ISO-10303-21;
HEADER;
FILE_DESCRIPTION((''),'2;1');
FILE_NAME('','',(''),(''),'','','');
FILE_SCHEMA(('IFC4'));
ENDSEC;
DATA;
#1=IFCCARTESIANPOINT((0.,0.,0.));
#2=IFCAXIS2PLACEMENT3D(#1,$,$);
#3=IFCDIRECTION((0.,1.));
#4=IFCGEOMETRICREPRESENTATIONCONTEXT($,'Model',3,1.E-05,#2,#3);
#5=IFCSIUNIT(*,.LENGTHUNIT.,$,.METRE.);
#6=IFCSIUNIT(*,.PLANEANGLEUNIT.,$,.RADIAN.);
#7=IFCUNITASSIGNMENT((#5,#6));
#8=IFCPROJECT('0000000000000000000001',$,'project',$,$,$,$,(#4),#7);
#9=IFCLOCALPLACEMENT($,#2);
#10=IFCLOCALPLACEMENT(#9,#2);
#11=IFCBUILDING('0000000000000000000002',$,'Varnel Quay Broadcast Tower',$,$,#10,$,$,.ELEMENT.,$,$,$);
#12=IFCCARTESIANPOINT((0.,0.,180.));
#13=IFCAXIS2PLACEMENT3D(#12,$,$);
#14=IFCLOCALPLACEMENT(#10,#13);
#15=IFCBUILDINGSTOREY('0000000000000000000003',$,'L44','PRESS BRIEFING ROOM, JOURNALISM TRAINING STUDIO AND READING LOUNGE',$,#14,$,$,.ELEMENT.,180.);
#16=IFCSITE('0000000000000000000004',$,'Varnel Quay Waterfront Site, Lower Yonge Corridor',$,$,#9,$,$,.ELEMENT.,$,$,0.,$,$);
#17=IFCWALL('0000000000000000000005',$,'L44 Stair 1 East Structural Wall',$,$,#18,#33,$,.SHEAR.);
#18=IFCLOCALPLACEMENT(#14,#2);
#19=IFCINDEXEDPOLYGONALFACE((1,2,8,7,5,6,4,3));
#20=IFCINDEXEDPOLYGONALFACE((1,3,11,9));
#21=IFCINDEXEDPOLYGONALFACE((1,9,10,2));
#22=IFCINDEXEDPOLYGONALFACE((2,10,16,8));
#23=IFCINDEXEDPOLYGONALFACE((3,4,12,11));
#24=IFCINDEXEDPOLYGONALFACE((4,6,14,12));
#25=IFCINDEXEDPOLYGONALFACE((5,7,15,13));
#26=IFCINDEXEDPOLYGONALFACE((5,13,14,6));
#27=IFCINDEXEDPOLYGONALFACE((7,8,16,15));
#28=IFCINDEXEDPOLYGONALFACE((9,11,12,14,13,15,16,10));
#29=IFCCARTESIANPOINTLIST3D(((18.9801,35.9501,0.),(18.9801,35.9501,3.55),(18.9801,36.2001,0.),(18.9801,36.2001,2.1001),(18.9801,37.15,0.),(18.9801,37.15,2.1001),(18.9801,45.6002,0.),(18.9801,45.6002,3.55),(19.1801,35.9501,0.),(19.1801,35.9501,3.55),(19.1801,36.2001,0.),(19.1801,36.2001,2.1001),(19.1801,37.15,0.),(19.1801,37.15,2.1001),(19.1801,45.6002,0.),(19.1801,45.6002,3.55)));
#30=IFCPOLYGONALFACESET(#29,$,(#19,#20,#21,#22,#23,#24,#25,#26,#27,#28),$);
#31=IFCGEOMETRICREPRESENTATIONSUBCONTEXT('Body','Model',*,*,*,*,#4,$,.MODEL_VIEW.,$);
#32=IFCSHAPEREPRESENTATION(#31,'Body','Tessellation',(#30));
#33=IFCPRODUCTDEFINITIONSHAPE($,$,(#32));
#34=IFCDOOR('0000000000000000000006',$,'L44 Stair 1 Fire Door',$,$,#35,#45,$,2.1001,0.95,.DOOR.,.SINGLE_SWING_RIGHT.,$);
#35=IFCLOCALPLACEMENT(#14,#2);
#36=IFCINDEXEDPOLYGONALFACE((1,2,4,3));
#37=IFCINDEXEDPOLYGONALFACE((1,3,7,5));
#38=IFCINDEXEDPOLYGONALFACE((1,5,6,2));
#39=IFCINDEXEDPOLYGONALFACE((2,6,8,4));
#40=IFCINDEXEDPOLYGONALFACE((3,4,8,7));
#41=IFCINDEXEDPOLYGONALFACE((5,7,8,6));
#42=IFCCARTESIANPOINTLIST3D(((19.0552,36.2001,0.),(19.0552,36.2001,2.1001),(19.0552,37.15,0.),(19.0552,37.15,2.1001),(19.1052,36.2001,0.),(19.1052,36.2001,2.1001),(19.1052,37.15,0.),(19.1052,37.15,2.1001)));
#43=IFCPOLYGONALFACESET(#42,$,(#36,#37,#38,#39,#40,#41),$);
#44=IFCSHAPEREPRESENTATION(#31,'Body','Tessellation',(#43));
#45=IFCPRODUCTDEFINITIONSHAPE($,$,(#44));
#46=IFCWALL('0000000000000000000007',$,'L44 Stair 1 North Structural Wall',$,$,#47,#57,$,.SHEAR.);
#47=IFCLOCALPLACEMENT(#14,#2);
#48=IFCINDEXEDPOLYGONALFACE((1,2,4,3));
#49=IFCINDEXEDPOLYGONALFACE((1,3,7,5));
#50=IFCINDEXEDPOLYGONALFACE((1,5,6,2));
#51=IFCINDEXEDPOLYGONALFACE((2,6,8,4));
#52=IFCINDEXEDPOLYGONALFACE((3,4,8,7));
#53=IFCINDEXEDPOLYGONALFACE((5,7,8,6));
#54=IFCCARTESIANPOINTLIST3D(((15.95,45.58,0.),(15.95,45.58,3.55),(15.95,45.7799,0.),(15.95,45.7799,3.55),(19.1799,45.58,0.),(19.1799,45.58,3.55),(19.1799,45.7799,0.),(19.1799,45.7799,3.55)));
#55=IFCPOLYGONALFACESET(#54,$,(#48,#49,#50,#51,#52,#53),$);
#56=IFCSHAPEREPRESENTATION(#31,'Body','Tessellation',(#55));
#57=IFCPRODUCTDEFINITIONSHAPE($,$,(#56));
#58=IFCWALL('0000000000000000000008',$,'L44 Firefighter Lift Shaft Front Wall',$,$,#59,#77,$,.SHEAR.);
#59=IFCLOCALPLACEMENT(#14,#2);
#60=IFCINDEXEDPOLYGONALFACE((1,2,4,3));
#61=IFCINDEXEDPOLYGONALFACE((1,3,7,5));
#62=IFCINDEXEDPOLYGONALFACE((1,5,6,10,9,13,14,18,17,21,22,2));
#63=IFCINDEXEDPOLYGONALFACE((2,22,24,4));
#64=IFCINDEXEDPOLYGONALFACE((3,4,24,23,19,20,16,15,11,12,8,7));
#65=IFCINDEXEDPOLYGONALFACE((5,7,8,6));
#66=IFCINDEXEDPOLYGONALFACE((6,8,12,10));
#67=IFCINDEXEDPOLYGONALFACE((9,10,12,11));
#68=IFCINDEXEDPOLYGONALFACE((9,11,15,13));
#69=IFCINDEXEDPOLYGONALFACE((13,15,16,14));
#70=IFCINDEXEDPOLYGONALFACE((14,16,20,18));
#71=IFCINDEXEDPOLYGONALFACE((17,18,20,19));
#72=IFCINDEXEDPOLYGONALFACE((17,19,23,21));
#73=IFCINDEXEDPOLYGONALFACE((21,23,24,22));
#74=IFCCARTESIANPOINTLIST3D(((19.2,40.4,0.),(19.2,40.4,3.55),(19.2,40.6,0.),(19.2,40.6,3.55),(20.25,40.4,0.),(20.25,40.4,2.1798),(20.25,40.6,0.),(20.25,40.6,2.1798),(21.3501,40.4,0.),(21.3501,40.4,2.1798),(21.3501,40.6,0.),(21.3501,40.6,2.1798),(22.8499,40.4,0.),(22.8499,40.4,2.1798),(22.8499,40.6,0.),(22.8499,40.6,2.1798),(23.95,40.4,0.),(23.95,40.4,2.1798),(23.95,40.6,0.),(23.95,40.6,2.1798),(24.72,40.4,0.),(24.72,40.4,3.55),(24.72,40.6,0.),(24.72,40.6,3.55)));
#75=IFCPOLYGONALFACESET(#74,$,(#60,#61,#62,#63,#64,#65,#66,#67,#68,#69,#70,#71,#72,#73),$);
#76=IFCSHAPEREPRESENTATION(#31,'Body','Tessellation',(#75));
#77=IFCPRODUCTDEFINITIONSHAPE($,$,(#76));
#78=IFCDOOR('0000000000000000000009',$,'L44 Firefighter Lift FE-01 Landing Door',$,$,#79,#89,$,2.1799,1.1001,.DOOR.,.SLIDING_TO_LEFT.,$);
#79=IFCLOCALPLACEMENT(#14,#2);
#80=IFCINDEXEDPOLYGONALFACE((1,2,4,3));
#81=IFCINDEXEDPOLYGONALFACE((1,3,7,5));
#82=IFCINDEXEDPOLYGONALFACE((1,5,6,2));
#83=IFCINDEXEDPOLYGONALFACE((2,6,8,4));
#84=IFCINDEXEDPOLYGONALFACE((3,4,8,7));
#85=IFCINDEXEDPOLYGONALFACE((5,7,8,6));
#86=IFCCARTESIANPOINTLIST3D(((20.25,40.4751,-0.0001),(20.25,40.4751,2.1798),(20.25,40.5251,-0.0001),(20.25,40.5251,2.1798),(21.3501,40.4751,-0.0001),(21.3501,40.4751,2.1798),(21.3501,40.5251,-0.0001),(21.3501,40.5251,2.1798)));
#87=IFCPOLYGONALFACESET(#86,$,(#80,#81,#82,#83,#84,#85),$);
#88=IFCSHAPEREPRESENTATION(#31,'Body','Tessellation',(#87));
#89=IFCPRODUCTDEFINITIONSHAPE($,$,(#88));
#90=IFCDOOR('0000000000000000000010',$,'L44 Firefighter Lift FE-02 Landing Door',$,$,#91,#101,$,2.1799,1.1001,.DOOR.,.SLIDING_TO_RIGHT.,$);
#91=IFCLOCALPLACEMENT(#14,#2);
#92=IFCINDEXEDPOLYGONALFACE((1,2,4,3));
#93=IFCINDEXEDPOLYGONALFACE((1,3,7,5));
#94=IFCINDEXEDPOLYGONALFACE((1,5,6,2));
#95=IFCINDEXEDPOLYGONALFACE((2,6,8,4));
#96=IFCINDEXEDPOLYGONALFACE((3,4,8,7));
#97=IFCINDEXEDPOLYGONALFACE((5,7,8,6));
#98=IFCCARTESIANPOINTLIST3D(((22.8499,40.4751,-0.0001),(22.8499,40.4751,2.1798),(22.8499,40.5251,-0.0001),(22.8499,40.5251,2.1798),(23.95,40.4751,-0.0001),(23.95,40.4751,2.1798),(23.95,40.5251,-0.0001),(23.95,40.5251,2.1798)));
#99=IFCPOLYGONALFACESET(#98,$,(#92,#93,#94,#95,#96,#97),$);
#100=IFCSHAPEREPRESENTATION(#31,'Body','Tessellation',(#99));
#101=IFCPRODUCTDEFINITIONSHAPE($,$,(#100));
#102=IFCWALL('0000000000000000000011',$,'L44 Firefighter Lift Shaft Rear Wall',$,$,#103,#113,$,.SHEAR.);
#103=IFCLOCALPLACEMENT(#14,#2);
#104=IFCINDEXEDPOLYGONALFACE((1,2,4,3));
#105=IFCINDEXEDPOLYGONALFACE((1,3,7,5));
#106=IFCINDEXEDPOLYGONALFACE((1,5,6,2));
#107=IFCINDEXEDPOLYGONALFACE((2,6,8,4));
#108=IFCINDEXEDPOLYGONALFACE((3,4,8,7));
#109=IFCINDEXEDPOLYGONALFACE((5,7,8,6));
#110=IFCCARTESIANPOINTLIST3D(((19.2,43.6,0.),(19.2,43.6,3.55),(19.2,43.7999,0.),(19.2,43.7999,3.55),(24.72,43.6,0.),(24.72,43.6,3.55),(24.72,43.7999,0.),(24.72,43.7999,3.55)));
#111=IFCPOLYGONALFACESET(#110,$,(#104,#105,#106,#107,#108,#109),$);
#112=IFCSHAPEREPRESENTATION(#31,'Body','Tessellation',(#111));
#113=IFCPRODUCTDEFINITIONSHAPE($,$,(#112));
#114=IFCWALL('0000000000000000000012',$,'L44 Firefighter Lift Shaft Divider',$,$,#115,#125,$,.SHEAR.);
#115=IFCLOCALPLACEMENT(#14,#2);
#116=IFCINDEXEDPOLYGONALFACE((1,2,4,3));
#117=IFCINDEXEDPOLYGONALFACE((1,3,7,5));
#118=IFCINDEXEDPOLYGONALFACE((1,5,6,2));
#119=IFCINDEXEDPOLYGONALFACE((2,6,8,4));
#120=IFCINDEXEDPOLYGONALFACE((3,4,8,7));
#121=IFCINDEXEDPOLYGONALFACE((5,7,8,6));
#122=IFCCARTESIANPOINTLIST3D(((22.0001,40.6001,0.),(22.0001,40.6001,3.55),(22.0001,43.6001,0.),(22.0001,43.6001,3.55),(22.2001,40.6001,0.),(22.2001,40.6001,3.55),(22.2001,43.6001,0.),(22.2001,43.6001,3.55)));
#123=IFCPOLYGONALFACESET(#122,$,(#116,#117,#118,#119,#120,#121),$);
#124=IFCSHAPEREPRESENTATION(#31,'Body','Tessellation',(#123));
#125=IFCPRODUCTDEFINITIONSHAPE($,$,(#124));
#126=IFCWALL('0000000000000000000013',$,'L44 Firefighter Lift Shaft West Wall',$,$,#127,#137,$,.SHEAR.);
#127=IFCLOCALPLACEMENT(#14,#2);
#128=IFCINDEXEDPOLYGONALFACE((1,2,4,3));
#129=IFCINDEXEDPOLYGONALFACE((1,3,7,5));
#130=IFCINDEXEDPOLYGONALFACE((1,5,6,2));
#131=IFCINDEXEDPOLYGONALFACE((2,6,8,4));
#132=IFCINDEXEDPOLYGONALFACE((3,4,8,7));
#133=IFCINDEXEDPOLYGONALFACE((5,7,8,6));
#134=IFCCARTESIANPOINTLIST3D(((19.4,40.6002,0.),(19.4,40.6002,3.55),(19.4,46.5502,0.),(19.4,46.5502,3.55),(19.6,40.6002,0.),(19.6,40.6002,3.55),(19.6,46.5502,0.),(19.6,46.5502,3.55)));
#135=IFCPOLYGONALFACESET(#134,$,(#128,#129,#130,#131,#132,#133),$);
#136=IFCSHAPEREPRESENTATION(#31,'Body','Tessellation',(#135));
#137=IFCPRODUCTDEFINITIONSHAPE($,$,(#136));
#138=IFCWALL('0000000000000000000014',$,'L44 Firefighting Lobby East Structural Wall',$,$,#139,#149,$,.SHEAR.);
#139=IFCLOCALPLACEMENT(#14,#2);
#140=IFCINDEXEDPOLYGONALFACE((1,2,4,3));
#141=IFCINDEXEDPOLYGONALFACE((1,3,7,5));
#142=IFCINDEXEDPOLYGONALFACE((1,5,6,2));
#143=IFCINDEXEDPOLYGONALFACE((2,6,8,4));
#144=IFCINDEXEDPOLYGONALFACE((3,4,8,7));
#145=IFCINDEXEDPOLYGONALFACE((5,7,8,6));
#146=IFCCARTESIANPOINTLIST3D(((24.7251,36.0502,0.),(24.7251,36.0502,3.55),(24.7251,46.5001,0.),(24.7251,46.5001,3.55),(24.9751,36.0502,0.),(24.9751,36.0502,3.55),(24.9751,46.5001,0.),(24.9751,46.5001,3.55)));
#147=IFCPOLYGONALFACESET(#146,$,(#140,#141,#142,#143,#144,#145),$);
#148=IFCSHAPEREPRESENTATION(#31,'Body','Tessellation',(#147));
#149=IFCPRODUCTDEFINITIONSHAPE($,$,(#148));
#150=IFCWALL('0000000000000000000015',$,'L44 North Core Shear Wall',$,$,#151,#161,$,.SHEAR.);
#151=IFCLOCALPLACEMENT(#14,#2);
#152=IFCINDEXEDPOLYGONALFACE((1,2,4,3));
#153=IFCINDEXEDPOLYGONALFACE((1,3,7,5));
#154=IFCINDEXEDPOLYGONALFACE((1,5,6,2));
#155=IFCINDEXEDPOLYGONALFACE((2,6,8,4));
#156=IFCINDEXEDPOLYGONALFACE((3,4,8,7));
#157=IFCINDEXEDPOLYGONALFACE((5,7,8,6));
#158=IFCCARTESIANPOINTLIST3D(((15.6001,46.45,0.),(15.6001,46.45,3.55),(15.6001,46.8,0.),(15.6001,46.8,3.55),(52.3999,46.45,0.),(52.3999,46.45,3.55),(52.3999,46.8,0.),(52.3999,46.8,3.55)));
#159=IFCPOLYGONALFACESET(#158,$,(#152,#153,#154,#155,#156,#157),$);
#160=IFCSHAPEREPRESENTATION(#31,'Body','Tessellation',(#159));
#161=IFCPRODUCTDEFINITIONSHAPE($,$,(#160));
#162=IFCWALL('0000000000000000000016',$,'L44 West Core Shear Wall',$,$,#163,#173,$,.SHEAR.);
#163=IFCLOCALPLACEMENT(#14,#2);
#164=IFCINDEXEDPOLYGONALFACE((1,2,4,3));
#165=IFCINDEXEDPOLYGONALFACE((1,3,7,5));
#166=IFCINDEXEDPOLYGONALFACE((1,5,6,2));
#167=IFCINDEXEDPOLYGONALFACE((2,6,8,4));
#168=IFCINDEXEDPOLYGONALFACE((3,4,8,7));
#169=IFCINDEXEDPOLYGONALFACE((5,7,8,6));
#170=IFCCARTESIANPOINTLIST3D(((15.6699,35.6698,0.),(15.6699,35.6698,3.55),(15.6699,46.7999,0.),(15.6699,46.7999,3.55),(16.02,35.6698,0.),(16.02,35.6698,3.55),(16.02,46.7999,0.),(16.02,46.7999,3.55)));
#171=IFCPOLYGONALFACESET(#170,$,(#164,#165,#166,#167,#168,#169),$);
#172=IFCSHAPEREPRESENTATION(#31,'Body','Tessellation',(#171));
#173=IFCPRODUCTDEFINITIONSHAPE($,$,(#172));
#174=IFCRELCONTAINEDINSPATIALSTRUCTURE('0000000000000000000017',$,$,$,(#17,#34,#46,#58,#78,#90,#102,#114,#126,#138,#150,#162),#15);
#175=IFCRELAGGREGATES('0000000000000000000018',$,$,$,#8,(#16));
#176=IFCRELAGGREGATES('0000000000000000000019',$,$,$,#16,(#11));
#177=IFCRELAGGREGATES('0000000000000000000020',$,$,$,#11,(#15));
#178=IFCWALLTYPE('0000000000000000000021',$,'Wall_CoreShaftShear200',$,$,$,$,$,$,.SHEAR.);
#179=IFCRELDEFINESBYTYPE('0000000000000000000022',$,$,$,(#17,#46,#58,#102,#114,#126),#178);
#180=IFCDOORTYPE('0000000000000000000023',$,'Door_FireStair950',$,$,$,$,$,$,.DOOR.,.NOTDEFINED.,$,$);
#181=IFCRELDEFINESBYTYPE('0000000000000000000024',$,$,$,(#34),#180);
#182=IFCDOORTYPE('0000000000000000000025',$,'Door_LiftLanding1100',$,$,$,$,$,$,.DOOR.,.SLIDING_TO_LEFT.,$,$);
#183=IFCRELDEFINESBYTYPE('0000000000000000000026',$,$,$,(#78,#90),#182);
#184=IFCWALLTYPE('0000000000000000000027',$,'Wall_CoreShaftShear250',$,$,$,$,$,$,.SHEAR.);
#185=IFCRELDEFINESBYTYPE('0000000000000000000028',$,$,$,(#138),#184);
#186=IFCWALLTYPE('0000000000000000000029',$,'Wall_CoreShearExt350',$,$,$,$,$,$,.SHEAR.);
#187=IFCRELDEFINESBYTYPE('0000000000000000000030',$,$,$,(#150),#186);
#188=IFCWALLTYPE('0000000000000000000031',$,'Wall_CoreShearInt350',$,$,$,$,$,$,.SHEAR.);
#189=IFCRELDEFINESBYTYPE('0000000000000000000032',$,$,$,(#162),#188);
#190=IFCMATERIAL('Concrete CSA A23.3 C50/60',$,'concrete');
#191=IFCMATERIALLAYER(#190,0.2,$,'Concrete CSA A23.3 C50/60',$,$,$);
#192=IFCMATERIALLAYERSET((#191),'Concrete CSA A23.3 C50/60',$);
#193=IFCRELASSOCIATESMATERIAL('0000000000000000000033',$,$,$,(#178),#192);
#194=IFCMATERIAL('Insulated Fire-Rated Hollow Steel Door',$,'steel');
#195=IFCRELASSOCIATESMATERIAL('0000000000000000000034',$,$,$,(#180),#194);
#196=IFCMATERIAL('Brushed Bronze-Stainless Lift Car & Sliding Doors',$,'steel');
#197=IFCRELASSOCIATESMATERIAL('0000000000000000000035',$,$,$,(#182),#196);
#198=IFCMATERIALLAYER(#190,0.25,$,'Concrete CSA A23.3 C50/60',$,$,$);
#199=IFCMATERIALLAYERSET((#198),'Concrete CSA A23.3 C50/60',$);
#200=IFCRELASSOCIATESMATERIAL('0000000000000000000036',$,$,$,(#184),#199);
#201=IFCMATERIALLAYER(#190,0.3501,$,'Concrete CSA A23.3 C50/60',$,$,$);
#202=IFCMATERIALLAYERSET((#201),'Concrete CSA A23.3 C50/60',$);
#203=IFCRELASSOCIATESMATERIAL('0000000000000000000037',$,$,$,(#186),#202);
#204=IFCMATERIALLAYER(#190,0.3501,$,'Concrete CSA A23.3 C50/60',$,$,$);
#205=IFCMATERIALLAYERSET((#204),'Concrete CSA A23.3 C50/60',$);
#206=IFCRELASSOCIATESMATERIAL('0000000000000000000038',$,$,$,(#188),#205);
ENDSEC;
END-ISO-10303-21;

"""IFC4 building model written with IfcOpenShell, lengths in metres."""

from ifc_helpers import new_model, si_unit, direction, frame, frame_2d, origin, place, context, subcontext, project, spatial, rectangle, extrude, source, transform, mapped, material, layer, layer_set, type_object, type_shapes, element, fill, save


model = new_model("IFC4")

# Units and contexts
model_context = context("Model", 3, precision=1e-05, world=origin(), true_north=direction((0.0, 1.0)))
body_context = subcontext(model_context, "Body", "Model", "MODEL_VIEW")
ifc_project = project(units=[si_unit("LENGTHUNIT", "METRE"), si_unit("PLANEANGLEUNIT", "RADIAN")], contexts=[model_context])

# Site, building, storey
site_placement = place(None, origin())
site = spatial("IfcSite", under=ifc_project, at=site_placement, Name="Varnel Quay Waterfront Site, Lower Yonge Corridor", CompositionType="ELEMENT", RefElevation=0.0)
building_placement = place(site_placement, origin())
building = spatial("IfcBuilding", under=site, at=building_placement, Name="Varnel Quay Broadcast Tower", CompositionType="ELEMENT")
storey_placement = place(building_placement, frame((0.0, 0.0, 180.0)))
storey = spatial("IfcBuildingStorey", under=building, at=storey_placement, Name="L44", Description="PRESS BRIEFING ROOM, JOURNALISM TRAINING STUDIO AND READING LOUNGE", CompositionType="ELEMENT", Elevation=180.0)

# Wall, opening, door
ifc_material_1 = material(Name="Concrete CSA A23.3 C50/60", Category="concrete")
ifc_layer_1 = layer(ifc_material_1, 0.2, Name="Concrete CSA A23.3 C50/60")
ifc_layer_set_1 = layer_set([ifc_layer_1], Name="Concrete CSA A23.3 C50/60")
wall_type_1 = type_object("IfcWallType", Name="Wall_CoreShaftShear200", PredefinedType="SHEAR", material=ifc_layer_set_1)
wall_1_placement = place(storey_placement, frame((19.0801, 35.95, 0.0), z_axis=(0.0, 0.0, 1.0), x_axis=(0.0, 1.0, 0.0)))
wall_1 = element("IfcWall", 1, at=wall_1_placement, inside=storey, type_object=wall_type_1, Name="L44 Stair 1 East Structural Wall", PredefinedType="SHEAR", context=body_context, shape_type="SweptSolid", body=[
    extrude(rectangle(XDim=9.6501, YDim=0.2, at=frame_2d((4.8252, 0.0))), origin(), (0.0, 0.0, 1.0), 3.55),
])
opening_1_placement = place(wall_1_placement, frame((0.25, 0.0, 0.0)))
opening_1 = element("IfcOpeningElement", 2, at=opening_1_placement, cuts=wall_1, PredefinedType="OPENING", context=body_context, shape_type="SweptSolid", body=[
    extrude(rectangle(XDim=0.95, YDim=2.1001, at=frame_2d((0.4751, 1.05))), frame((0.0, 0.1099, 0.0), z_axis=(0.0, -1.0, 0.0), x_axis=(1.0, 0.0, 0.0)), (0.0, 0.0, 1.0), 0.22),
])
ifc_material_2 = material(Name="Insulated Fire-Rated Hollow Steel Door", Category="steel")
door_type_1 = type_object("IfcDoorType", Name="Door_FireStair950", OperationType="NOTDEFINED", PredefinedType="DOOR", material=ifc_material_2)
shared_shape_1 = source(origin(), body_context, "Body", "SweptSolid", [
    extrude(rectangle(XDim=0.95, YDim=2.1001, at=frame_2d((0.4751, 1.05))), frame((0.0, 0.0249, 0.0), z_axis=(0.0, -1.0, 0.0), x_axis=(1.0, 0.0, 0.0)), (0.0, 0.0, 1.0), 0.05),
])
type_shapes(door_type_1, [shared_shape_1])
door_1_placement = place(opening_1_placement, origin())
door_1 = element("IfcDoor", 3, at=door_1_placement, inside=storey, type_object=door_type_1, Name="L44 Stair 1 Fire Door", OperationType="SINGLE_SWING_RIGHT", OverallHeight=2.1001, OverallWidth=0.95, PredefinedType="DOOR", context=body_context, shape_type="MappedRepresentation", body=[
    mapped(shared_shape_1, transform((0.0, 0.0, 0.0), x_axis=(1.0, 0.0, 0.0), y_axis=(0.0, 1.0, 0.0), z_axis=(0.0, 0.0, 1.0), scale=1.0)),
])
fill(opening_1, door_1)

# Wall
wall_2_placement = place(storey_placement, frame((15.95, 45.6799, 0.0), z_axis=(0.0, 0.0, 1.0), x_axis=(1.0, 0.0, 0.0)))
element("IfcWall", 4, at=wall_2_placement, inside=storey, type_object=wall_type_1, Name="L44 Stair 1 North Structural Wall", PredefinedType="SHEAR", context=body_context, shape_type="SweptSolid", body=[
    extrude(rectangle(XDim=3.23, YDim=0.2, at=frame_2d((1.615, 0.0))), origin(), (0.0, 0.0, 1.0), 3.55),
])

# Wall, openings, doors
wall_3_placement = place(storey_placement, frame((19.2, 40.5, 0.0), z_axis=(0.0, 0.0, 1.0), x_axis=(1.0, 0.0, 0.0)))
wall_3 = element("IfcWall", 5, at=wall_3_placement, inside=storey, type_object=wall_type_1, Name="L44 Firefighter Lift Shaft Front Wall", PredefinedType="SHEAR", context=body_context, shape_type="SweptSolid", body=[
    extrude(rectangle(XDim=5.52, YDim=0.2, at=frame_2d((2.76, 0.0))), origin(), (0.0, 0.0, 1.0), 3.55),
])
opening_2_placement = place(wall_3_placement, frame((1.05, 0.0, 0.0)))
opening_2 = element("IfcOpeningElement", 6, at=opening_2_placement, cuts=wall_3, PredefinedType="OPENING", context=body_context, shape_type="SweptSolid", body=[
    extrude(rectangle(XDim=1.1001, YDim=2.1799, at=frame_2d((0.55, 1.0898))), frame((0.0, 0.1099, 0.0), z_axis=(0.0, -1.0, 0.0), x_axis=(1.0, 0.0, 0.0)), (0.0, 0.0, 1.0), 0.22),
])
opening_3_placement = place(wall_3_placement, frame((3.6499, 0.0, 0.0)))
opening_3 = element("IfcOpeningElement", 7, at=opening_3_placement, cuts=wall_3, PredefinedType="OPENING", context=body_context, shape_type="SweptSolid", body=[
    extrude(rectangle(XDim=1.1001, YDim=2.1799, at=frame_2d((0.55, 1.0898))), frame((0.0, 0.1099, 0.0), z_axis=(0.0, -1.0, 0.0), x_axis=(1.0, 0.0, 0.0)), (0.0, 0.0, 1.0), 0.22),
])
ifc_material_3 = material(Name="Brushed Bronze-Stainless Lift Car & Sliding Doors", Category="steel")
door_type_2 = type_object("IfcDoorType", Name="Door_LiftLanding1100", OperationType="SLIDING_TO_LEFT", PredefinedType="DOOR", material=ifc_material_3)
shared_shape_2 = source(origin(), body_context, "Body", "SweptSolid", [
    extrude(rectangle(XDim=1.1001, YDim=2.1799, at=frame_2d((0.55, 1.0898))), frame((0.0, 0.0249, 0.0), z_axis=(0.0, -1.0, 0.0), x_axis=(1.0, 0.0, 0.0)), (0.0, 0.0, 1.0), 0.05),
])
type_shapes(door_type_2, [shared_shape_2])
door_2_placement = place(opening_2_placement, frame((1.1001, 0.0, 0.0), z_axis=(0.0, 0.0, 1.0), x_axis=(-1.0, 0.0, 0.0)))
door_2 = element("IfcDoor", 8, at=door_2_placement, inside=storey, type_object=door_type_2, Name="L44 Firefighter Lift FE-01 Landing Door", OperationType="SLIDING_TO_LEFT", OverallHeight=2.1799, OverallWidth=1.1001, PredefinedType="DOOR", context=body_context, shape_type="MappedRepresentation", body=[
    mapped(shared_shape_2, transform((0.0, 0.0, 0.0), x_axis=(1.0, 0.0, 0.0), y_axis=(0.0, 1.0, 0.0), z_axis=(0.0, 0.0, 1.0), scale=1.0)),
])
fill(opening_2, door_2)
door_3_placement = place(opening_3_placement, frame((1.1001, 0.0, 0.0), z_axis=(0.0, 0.0, 1.0), x_axis=(-1.0, 0.0, 0.0)))
door_3 = element("IfcDoor", 9, at=door_3_placement, inside=storey, type_object=door_type_2, Name="L44 Firefighter Lift FE-02 Landing Door", OperationType="SLIDING_TO_RIGHT", OverallHeight=2.1799, OverallWidth=1.1001, PredefinedType="DOOR", context=body_context, shape_type="MappedRepresentation", body=[
    mapped(shared_shape_2, transform((0.0, 0.0, 0.0), x_axis=(1.0, 0.0, 0.0), y_axis=(0.0, 1.0, 0.0), z_axis=(0.0, 0.0, 1.0), scale=1.0)),
])
fill(opening_3, door_3)

# Walls
wall_4_placement = place(storey_placement, frame((19.2, 43.7, 0.0), z_axis=(0.0, 0.0, 1.0), x_axis=(1.0, 0.0, 0.0)))
element("IfcWall", 10, at=wall_4_placement, inside=storey, type_object=wall_type_1, Name="L44 Firefighter Lift Shaft Rear Wall", PredefinedType="SHEAR", context=body_context, shape_type="SweptSolid", body=[
    extrude(rectangle(XDim=5.52, YDim=0.2, at=frame_2d((2.76, 0.0))), origin(), (0.0, 0.0, 1.0), 3.55),
])
wall_5_placement = place(storey_placement, frame((22.1001, 40.6001, 0.0), z_axis=(0.0, 0.0, 1.0), x_axis=(0.0, 1.0, 0.0)))
element("IfcWall", 11, at=wall_5_placement, inside=storey, type_object=wall_type_1, Name="L44 Firefighter Lift Shaft Divider", PredefinedType="SHEAR", context=body_context, shape_type="SweptSolid", body=[
    extrude(rectangle(XDim=3.0, YDim=0.2, at=frame_2d((1.5, 0.0))), origin(), (0.0, 0.0, 1.0), 3.55),
])
wall_6_placement = place(storey_placement, frame((19.5, 40.6001, 0.0), z_axis=(0.0, 0.0, 1.0), x_axis=(0.0, 1.0, 0.0)))
element("IfcWall", 12, at=wall_6_placement, inside=storey, type_object=wall_type_1, Name="L44 Firefighter Lift Shaft West Wall", PredefinedType="SHEAR", context=body_context, shape_type="SweptSolid", body=[
    extrude(rectangle(XDim=5.95, YDim=0.2, at=frame_2d((2.9751, 0.0))), origin(), (0.0, 0.0, 1.0), 3.55),
])
ifc_layer_2 = layer(ifc_material_1, 0.25, Name="Concrete CSA A23.3 C50/60")
ifc_layer_set_2 = layer_set([ifc_layer_2], Name="Concrete CSA A23.3 C50/60")
wall_type_2 = type_object("IfcWallType", Name="Wall_CoreShaftShear250", PredefinedType="SHEAR", material=ifc_layer_set_2)
wall_7_placement = place(storey_placement, frame((24.8501, 36.05, 0.0), z_axis=(0.0, 0.0, 1.0), x_axis=(0.0, 1.0, 0.0)))
element("IfcWall", 13, at=wall_7_placement, inside=storey, type_object=wall_type_2, Name="L44 Firefighting Lobby East Structural Wall", PredefinedType="SHEAR", context=body_context, shape_type="SweptSolid", body=[
    extrude(rectangle(XDim=10.45, YDim=0.25, at=frame_2d((5.2251, 0.0))), origin(), (0.0, 0.0, 1.0), 3.55),
])
ifc_layer_3 = layer(ifc_material_1, 0.3501, Name="Concrete CSA A23.3 C50/60")
ifc_layer_set_3 = layer_set([ifc_layer_3], Name="Concrete CSA A23.3 C50/60")
wall_type_3 = type_object("IfcWallType", Name="Wall_CoreShearExt350", PredefinedType="SHEAR", material=ifc_layer_set_3)
wall_8_placement = place(storey_placement, frame((15.6001, 46.625, 0.0), z_axis=(0.0, 0.0, 1.0), x_axis=(1.0, 0.0, 0.0)))
element("IfcWall", 14, at=wall_8_placement, inside=storey, type_object=wall_type_3, Name="L44 North Core Shear Wall", PredefinedType="SHEAR", context=body_context, shape_type="SweptSolid", body=[
    extrude(rectangle(XDim=36.7998, YDim=0.3501, at=frame_2d((18.3999, 0.0))), origin(), (0.0, 0.0, 1.0), 3.55),
])
ifc_layer_4 = layer(ifc_material_1, 0.3501, Name="Concrete CSA A23.3 C50/60")
ifc_layer_set_4 = layer_set([ifc_layer_4], Name="Concrete CSA A23.3 C50/60")
wall_type_4 = type_object("IfcWallType", Name="Wall_CoreShearInt350", PredefinedType="SHEAR", material=ifc_layer_set_4)
wall_9_placement = place(storey_placement, frame((15.845, 35.6699, 0.0), z_axis=(0.0, 0.0, 1.0), x_axis=(0.0, 1.0, 0.0)))
element("IfcWall", 15, at=wall_9_placement, inside=storey, type_object=wall_type_4, Name="L44 West Core Shear Wall", PredefinedType="SHEAR", context=body_context, shape_type="SweptSolid", body=[
    extrude(rectangle(XDim=11.1301, YDim=0.3501, at=frame_2d((5.5649, 0.0))), origin(), (0.0, 0.0, 1.0), 3.55),
])

save(model, "model.ifc")
